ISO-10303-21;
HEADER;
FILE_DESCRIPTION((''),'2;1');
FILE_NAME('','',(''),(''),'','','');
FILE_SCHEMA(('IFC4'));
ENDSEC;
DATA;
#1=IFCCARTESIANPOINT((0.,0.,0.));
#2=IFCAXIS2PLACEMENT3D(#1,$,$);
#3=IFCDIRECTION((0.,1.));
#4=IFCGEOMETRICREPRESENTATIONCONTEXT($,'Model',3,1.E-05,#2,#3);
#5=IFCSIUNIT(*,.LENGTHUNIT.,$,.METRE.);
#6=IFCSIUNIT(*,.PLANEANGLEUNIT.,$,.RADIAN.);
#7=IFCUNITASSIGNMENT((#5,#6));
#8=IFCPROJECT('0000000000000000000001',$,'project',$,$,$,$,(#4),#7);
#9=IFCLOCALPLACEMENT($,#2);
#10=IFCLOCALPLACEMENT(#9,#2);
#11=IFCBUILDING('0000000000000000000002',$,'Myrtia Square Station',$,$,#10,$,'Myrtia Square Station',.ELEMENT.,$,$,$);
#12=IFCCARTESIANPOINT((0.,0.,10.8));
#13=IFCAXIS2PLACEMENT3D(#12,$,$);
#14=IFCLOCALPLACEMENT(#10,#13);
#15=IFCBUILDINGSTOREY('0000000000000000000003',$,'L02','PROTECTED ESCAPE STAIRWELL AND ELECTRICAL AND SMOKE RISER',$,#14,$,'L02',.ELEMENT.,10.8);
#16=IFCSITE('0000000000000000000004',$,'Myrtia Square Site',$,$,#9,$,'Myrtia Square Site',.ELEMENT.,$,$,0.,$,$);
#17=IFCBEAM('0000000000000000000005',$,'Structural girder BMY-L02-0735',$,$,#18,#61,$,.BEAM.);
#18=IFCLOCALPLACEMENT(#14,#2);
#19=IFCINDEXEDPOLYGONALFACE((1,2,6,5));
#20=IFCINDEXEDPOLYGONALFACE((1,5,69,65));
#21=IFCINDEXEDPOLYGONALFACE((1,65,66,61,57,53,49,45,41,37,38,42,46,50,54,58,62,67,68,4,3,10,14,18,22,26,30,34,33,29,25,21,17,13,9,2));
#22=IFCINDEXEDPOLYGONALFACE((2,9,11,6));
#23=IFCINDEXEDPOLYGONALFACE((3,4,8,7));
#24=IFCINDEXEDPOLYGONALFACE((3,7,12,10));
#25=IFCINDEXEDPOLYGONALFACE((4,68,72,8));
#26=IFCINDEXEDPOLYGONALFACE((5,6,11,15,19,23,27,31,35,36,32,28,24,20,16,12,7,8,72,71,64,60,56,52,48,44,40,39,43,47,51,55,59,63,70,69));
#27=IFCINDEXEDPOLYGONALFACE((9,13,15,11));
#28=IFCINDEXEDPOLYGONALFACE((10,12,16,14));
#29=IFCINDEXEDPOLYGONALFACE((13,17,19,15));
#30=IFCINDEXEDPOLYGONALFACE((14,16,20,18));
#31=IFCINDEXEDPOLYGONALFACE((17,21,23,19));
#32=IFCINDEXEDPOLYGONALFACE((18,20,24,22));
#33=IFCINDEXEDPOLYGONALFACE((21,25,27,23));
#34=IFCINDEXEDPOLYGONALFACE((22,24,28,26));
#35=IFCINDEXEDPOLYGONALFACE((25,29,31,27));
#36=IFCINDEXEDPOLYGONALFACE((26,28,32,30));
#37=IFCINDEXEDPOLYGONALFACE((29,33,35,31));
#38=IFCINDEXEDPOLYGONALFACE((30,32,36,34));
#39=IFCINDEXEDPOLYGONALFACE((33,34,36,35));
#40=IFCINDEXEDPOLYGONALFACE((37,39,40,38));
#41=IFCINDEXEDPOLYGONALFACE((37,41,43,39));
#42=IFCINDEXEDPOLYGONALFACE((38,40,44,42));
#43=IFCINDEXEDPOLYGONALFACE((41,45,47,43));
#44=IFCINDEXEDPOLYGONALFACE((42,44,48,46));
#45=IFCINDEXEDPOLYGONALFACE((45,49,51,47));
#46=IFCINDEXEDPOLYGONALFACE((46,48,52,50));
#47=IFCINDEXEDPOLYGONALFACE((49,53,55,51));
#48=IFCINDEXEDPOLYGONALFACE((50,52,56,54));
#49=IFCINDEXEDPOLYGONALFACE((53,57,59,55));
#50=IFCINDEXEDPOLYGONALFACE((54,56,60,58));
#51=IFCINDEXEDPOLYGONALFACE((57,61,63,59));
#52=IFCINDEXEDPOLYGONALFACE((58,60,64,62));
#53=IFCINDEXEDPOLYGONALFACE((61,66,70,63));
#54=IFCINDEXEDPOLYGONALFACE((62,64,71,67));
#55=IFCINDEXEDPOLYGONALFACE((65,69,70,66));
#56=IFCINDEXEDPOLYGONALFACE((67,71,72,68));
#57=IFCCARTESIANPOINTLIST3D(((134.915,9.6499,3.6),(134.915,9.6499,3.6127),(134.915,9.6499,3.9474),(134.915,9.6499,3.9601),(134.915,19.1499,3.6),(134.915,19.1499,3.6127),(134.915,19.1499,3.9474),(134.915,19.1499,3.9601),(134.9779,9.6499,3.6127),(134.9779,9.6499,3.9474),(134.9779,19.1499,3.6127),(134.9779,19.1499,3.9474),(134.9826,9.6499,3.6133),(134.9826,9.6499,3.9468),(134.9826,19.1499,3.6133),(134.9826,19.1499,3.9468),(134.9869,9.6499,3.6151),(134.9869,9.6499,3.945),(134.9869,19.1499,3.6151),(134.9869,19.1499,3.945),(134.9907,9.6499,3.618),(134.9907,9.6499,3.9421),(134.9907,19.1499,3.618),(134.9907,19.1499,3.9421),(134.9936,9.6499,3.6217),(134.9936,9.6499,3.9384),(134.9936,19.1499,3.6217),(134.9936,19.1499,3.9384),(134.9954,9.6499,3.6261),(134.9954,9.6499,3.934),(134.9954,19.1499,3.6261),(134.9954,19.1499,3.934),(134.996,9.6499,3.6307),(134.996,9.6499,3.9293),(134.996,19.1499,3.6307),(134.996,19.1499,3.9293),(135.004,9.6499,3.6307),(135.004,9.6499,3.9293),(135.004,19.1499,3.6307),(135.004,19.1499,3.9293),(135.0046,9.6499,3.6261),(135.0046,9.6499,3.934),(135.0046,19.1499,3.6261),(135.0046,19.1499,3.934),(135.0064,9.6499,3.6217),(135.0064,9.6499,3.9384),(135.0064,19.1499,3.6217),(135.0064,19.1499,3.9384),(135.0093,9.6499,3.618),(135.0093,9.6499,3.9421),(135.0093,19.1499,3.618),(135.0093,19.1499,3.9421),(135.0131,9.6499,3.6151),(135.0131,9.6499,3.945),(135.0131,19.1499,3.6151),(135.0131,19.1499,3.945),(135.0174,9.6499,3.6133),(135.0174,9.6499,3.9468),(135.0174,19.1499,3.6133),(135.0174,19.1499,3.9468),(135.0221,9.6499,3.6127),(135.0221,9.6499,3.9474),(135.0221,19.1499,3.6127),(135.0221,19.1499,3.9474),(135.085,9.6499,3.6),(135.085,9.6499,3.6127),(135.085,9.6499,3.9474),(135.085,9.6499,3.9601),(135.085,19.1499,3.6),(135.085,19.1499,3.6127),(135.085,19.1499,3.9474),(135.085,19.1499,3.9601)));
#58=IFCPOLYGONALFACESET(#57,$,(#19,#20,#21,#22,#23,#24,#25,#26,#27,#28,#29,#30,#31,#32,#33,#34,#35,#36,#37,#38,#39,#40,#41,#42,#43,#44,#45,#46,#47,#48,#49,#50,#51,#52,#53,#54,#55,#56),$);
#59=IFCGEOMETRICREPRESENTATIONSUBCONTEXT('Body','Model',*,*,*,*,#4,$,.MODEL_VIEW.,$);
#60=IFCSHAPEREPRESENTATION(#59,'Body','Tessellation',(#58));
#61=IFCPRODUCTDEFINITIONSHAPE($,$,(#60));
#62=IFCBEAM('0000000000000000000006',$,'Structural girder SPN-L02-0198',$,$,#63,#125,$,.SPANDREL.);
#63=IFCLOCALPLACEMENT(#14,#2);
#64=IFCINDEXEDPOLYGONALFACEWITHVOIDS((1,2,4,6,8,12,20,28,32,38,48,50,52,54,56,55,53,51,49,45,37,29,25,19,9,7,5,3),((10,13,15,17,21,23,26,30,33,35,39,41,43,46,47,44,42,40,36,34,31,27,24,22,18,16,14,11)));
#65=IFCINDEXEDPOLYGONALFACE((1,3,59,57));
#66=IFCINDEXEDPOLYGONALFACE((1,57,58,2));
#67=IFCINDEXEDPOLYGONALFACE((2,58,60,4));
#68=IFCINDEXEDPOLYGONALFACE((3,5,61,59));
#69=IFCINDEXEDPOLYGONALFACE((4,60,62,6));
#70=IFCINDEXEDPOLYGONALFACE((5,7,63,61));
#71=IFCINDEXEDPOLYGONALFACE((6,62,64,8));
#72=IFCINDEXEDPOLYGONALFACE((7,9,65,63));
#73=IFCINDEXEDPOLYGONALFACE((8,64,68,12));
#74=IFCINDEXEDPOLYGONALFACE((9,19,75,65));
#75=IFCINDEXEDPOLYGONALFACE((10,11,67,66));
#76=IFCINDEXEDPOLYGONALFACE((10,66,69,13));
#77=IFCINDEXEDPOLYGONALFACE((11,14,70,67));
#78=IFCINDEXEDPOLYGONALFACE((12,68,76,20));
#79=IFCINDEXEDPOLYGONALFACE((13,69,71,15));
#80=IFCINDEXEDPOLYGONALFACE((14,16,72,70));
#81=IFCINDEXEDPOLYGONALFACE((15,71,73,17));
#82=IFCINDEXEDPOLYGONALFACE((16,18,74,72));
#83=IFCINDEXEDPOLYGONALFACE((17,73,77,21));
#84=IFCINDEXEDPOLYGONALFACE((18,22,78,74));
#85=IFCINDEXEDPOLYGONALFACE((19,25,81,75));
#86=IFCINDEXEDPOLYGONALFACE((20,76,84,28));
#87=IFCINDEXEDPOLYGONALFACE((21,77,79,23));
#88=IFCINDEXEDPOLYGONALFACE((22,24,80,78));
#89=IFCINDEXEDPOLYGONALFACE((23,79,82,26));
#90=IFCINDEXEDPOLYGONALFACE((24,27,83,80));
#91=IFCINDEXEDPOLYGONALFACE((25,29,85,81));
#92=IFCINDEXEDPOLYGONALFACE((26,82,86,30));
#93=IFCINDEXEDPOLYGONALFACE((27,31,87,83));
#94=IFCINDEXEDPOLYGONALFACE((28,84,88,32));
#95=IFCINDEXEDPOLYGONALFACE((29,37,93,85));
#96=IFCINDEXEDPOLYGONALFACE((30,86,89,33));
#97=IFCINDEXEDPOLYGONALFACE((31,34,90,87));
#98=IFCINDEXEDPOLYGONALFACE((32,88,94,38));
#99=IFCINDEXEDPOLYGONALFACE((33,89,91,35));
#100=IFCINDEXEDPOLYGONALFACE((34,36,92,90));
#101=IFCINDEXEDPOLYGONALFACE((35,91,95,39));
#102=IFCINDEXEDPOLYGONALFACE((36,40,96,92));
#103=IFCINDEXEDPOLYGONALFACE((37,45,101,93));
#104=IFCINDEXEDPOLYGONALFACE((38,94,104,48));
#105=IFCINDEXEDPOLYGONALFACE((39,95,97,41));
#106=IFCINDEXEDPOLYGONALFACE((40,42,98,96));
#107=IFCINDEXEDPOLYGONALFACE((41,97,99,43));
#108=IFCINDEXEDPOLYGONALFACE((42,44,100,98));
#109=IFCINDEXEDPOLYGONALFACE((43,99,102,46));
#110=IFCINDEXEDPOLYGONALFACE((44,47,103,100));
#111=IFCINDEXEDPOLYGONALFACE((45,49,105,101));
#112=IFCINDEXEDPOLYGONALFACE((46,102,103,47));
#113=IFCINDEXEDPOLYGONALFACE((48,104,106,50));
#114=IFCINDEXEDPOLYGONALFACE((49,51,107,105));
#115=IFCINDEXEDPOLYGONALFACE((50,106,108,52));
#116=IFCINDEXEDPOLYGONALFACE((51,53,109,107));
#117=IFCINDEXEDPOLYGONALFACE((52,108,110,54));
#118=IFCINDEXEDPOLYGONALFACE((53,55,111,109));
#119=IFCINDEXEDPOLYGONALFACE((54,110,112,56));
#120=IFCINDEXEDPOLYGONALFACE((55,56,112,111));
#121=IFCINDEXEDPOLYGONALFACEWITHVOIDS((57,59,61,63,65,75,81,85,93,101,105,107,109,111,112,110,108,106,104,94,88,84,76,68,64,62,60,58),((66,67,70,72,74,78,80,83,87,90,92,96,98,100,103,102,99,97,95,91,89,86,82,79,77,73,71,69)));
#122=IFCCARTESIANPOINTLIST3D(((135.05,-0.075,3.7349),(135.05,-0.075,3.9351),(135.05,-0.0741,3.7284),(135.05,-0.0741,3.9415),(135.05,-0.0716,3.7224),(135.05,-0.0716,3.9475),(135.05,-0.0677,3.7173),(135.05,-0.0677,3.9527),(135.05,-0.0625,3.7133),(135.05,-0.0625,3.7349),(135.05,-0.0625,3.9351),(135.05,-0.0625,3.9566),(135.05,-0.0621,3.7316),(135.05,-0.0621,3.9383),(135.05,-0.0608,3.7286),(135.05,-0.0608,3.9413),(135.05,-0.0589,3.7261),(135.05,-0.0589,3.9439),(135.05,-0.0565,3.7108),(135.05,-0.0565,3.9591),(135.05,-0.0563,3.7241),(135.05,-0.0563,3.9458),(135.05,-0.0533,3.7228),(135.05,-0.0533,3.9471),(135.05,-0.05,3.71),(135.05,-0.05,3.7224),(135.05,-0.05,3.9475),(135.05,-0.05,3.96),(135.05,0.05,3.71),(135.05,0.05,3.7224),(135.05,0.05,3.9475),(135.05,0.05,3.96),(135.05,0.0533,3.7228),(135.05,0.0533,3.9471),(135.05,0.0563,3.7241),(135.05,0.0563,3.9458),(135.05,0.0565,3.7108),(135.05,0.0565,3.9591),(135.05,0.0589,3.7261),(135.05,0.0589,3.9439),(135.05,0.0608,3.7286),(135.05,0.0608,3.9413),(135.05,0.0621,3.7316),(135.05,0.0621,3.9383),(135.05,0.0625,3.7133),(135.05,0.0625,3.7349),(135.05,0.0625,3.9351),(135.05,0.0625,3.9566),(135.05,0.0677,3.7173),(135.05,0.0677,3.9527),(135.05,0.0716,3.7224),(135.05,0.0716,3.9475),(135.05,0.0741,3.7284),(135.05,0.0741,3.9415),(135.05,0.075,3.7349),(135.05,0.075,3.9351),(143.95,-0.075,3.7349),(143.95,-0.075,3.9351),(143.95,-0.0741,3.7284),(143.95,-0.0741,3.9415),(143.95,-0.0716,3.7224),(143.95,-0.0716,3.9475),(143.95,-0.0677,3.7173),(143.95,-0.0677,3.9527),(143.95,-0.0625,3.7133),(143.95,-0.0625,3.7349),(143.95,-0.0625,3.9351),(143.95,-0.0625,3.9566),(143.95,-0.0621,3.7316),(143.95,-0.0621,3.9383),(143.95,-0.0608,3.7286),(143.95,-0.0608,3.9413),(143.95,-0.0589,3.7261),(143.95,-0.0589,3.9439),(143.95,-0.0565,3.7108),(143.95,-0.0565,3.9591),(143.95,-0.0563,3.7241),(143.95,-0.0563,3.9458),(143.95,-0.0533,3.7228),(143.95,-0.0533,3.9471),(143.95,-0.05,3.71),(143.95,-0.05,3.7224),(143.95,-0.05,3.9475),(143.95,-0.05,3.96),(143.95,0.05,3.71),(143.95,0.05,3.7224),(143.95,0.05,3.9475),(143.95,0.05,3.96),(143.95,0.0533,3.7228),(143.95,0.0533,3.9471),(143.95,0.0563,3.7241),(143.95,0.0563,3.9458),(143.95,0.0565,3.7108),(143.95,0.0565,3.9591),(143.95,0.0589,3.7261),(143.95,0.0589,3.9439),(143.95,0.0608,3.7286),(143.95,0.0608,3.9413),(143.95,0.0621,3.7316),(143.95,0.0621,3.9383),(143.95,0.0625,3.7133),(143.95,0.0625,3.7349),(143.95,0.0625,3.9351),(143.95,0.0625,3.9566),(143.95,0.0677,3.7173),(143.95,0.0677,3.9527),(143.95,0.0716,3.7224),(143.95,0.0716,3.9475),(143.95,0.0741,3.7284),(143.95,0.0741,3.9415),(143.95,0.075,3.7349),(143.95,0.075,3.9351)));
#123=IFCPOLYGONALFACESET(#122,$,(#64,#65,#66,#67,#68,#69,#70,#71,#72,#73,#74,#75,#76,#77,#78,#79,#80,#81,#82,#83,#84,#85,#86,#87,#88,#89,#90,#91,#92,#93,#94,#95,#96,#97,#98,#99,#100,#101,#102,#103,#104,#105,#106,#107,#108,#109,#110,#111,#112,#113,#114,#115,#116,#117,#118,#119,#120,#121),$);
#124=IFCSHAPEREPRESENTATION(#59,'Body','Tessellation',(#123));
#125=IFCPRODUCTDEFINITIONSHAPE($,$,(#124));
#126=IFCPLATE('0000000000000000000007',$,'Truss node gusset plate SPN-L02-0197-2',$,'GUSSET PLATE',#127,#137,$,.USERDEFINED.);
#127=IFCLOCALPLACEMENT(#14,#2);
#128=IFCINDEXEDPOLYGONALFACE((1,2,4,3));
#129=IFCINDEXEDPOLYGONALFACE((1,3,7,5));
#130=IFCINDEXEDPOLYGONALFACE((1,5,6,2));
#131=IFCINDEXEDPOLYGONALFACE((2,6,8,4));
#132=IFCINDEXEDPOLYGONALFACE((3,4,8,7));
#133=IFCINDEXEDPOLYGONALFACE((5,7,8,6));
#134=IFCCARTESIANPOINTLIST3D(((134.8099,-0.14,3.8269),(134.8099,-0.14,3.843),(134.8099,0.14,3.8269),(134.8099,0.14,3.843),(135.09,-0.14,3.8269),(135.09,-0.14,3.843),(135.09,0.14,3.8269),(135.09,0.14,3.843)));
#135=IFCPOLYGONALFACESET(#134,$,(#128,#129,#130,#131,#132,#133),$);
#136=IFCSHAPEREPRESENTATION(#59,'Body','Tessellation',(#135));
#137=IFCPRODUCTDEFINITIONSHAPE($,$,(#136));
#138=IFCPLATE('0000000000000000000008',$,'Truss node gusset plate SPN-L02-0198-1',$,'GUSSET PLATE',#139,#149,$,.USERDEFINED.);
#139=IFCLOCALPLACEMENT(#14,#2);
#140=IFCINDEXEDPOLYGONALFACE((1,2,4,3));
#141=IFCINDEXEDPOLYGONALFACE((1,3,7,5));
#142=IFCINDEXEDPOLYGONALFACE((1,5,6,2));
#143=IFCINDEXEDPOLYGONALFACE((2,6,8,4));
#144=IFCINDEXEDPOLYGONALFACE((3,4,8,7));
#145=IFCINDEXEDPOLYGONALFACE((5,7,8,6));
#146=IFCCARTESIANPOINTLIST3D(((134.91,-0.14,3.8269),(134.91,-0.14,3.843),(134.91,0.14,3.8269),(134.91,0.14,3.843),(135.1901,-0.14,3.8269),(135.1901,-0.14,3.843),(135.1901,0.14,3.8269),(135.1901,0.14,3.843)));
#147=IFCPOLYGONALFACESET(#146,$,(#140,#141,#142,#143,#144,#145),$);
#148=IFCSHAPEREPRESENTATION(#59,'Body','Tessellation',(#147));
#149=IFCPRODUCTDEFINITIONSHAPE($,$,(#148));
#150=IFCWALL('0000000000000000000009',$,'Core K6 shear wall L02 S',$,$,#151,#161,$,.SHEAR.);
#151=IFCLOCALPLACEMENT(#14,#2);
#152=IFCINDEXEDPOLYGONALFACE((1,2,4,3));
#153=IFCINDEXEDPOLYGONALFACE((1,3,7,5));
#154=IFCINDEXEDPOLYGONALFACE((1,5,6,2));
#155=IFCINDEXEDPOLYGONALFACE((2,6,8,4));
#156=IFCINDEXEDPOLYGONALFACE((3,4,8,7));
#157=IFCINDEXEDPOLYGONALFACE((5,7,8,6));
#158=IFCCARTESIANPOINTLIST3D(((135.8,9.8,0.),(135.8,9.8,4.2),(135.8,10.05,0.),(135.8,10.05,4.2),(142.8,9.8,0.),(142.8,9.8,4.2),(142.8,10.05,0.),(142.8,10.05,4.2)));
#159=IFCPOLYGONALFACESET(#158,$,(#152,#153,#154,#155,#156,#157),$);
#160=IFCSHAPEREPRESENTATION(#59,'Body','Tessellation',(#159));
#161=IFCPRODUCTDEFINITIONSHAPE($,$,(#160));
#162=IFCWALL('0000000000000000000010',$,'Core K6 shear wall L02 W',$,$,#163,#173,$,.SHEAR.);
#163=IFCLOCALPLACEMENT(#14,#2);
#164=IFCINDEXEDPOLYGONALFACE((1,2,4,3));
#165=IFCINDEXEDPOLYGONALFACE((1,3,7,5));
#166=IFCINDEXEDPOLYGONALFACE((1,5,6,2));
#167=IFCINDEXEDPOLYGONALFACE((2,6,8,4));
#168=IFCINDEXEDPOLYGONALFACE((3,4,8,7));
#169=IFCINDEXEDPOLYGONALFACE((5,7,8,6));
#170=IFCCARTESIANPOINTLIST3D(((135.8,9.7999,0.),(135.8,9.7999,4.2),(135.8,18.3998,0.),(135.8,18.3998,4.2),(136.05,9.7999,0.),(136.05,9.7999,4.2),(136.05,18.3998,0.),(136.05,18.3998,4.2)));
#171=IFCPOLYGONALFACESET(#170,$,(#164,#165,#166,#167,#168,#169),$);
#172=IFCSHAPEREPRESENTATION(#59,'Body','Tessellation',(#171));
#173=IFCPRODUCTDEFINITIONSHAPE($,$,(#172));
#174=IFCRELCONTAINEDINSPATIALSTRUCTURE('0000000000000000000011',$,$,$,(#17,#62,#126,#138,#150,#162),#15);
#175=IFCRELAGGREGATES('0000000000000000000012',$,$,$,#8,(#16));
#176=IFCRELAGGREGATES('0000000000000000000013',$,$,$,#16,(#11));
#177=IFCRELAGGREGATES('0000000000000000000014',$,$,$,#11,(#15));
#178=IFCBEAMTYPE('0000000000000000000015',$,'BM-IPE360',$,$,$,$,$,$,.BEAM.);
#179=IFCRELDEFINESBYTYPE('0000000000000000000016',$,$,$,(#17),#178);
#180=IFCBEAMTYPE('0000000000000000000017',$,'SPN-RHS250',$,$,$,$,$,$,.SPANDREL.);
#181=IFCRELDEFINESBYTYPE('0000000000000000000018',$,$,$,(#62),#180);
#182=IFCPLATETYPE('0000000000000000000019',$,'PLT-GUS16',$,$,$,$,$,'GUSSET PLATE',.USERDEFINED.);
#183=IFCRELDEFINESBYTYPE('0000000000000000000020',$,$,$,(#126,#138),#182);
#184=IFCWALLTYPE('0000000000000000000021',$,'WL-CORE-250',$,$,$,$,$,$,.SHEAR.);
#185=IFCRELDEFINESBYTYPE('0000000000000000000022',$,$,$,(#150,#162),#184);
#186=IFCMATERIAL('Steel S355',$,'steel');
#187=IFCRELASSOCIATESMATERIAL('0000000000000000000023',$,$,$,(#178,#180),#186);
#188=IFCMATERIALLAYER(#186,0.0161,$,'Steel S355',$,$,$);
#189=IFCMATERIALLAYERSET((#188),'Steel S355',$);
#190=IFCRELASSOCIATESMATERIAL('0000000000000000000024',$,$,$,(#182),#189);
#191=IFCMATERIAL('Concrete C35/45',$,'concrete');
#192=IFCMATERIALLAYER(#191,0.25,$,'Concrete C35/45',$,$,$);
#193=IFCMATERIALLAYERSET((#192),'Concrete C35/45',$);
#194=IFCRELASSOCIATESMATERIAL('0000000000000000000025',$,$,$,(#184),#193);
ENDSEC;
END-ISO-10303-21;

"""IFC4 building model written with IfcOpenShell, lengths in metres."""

from ifc_helpers import new_model, si_unit, direction, frame, frame_2d, origin, origin_2d, place, context, subcontext, project, spatial, rectangle, hollow_rectangle, i_section, extrude, material, layer, layer_set, material_profile, profile_set, type_object, element, save


model = new_model("IFC4")

# Units and contexts
model_context = context("Model", 3, precision=1e-05, world=origin(), true_north=direction((0.0, 1.0)))
body_context = subcontext(model_context, "Body", "Model", "MODEL_VIEW")
ifc_project = project(units=[si_unit("LENGTHUNIT", "METRE"), si_unit("PLANEANGLEUNIT", "RADIAN")], contexts=[model_context])

# Site, building, storey
site_placement = place(None, origin())
site = spatial("IfcSite", under=ifc_project, at=site_placement, Name="Myrtia Square Site", LongName="Myrtia Square Site", CompositionType="ELEMENT", RefElevation=0.0)
building_placement = place(site_placement, origin())
building = spatial("IfcBuilding", under=site, at=building_placement, Name="Myrtia Square Station", LongName="Myrtia Square Station", CompositionType="ELEMENT")
storey_placement = place(building_placement, frame((0.0, 0.0, 10.8)))
storey = spatial("IfcBuildingStorey", under=building, at=storey_placement, Name="L02", Description="PROTECTED ESCAPE STAIRWELL AND ELECTRICAL AND SMOKE RISER", LongName="L02", CompositionType="ELEMENT", Elevation=10.8)

# Shared definitions
ifc_material_1 = material(Name="Steel S355", Category="steel")

# Beams
ifc_material_profile_1 = material_profile(ifc_material_1, i_section(OverallWidth=0.1699, OverallDepth=0.3601, WebThickness=0.0081, FlangeThickness=0.0127, FilletRadius=0.0181, at=origin_2d()), Name="IPE 360")
ifc_profile_set_1 = profile_set([ifc_material_profile_1], Name="Steel S355")
beam_type_1 = type_object("IfcBeamType", Name="BM-IPE360", PredefinedType="BEAM", material=ifc_profile_set_1)
for number, where, z_axis, x_axis, name in (
    (1, (135.0, 9.6499, 3.78), (0.0, 1.0, 0.0), (-1.0, 0.0, 0.0), "Structural girder BMY-L02-0735"),
):
    element("IfcBeam", number, at=place(storey_placement, frame(where, z_axis=z_axis, x_axis=x_axis)), inside=storey, type_object=beam_type_1, Name=name, PredefinedType="BEAM", context=body_context, shape_type="SweptSolid", body=[
        extrude(i_section(OverallWidth=0.1699, OverallDepth=0.3601, WebThickness=0.0081, FlangeThickness=0.0127, FilletRadius=0.0181, at=origin_2d()), origin(), (0.0, 0.0, 1.0), 9.5),
    ])
ifc_material_profile_2 = material_profile(ifc_material_1, hollow_rectangle(XDim=0.1499, YDim=0.25, WallThickness=0.0125, InnerFilletRadius=0.0125, OuterFilletRadius=0.0249, at=origin_2d()), Name="RHS 250x150x12.5")
ifc_profile_set_2 = profile_set([ifc_material_profile_2], Name="Steel S355")
beam_type_2 = type_object("IfcBeamType", Name="SPN-RHS250", PredefinedType="SPANDREL", material=ifc_profile_set_2)
beam_1_placement = place(storey_placement, frame((135.05, 0.0, 3.835), z_axis=(1.0, 0.0, 0.0), x_axis=(0.0, 1.0, 0.0)))
element("IfcBeam", 2, at=beam_1_placement, inside=storey, type_object=beam_type_2, Name="Structural girder SPN-L02-0198", PredefinedType="SPANDREL", context=body_context, shape_type="SweptSolid", body=[
    extrude(hollow_rectangle(XDim=0.1499, YDim=0.25, WallThickness=0.0125, InnerFilletRadius=0.0125, OuterFilletRadius=0.0249, at=origin_2d()), origin(), (0.0, 0.0, 1.0), 8.8999),
])

# Plates
ifc_layer_1 = layer(ifc_material_1, 0.0161, Name="Steel S355")
ifc_layer_set_1 = layer_set([ifc_layer_1], Name="Steel S355")
plate_type = type_object("IfcPlateType", Name="PLT-GUS16", ElementType="GUSSET PLATE", PredefinedType="USERDEFINED", material=ifc_layer_set_1)
for number, where, z_axis, x_axis, name in (
    (3, (134.95, 0.0, 3.8269), (0.0, 0.0, 1.0), (1.0, 0.0, 0.0), "Truss node gusset plate SPN-L02-0197-2"),
    (4, (135.05, 0.0, 3.8269), (0.0, 0.0, 1.0), (1.0, 0.0, 0.0), "Truss node gusset plate SPN-L02-0198-1"),
):
    element("IfcPlate", number, at=place(storey_placement, frame(where, z_axis=z_axis, x_axis=x_axis)), inside=storey, type_object=plate_type, Name=name, ObjectType="GUSSET PLATE", PredefinedType="USERDEFINED", context=body_context, shape_type="SweptSolid", body=[
        extrude(rectangle(XDim=0.28, YDim=0.28, at=origin_2d()), origin(), (0.0, 0.0, 1.0), 0.0161),
    ])

# Walls
ifc_material_2 = material(Name="Concrete C35/45", Category="concrete")
ifc_layer_2 = layer(ifc_material_2, 0.25, Name="Concrete C35/45")
ifc_layer_set_2 = layer_set([ifc_layer_2], Name="Concrete C35/45")
wall_type_1 = type_object("IfcWallType", Name="WL-CORE-250", PredefinedType="SHEAR", material=ifc_layer_set_2)
wall_1_placement = place(storey_placement, frame((135.8, 9.925, 0.0), z_axis=(0.0, 0.0, 1.0), x_axis=(1.0, 0.0, 0.0)))
element("IfcWall", 5, at=wall_1_placement, inside=storey, type_object=wall_type_1, Name="Core K6 shear wall L02 S", PredefinedType="SHEAR", context=body_context, shape_type="SweptSolid", body=[
    extrude(rectangle(XDim=7.0, YDim=0.25, at=frame_2d((3.5, 0.0))), origin(), (0.0, 0.0, 1.0), 4.2),
])
wall_2_placement = place(storey_placement, frame((135.925, 9.8, 0.0), z_axis=(0.0, 0.0, 1.0), x_axis=(0.0, 1.0, 0.0)))
element("IfcWall", 6, at=wall_2_placement, inside=storey, type_object=wall_type_1, Name="Core K6 shear wall L02 W", PredefinedType="SHEAR", context=body_context, shape_type="SweptSolid", body=[
    extrude(rectangle(XDim=8.5999, YDim=0.25, at=frame_2d((4.2998, 0.0))), origin(), (0.0, 0.0, 1.0), 4.2),
])

save(model, "model.ifc")
